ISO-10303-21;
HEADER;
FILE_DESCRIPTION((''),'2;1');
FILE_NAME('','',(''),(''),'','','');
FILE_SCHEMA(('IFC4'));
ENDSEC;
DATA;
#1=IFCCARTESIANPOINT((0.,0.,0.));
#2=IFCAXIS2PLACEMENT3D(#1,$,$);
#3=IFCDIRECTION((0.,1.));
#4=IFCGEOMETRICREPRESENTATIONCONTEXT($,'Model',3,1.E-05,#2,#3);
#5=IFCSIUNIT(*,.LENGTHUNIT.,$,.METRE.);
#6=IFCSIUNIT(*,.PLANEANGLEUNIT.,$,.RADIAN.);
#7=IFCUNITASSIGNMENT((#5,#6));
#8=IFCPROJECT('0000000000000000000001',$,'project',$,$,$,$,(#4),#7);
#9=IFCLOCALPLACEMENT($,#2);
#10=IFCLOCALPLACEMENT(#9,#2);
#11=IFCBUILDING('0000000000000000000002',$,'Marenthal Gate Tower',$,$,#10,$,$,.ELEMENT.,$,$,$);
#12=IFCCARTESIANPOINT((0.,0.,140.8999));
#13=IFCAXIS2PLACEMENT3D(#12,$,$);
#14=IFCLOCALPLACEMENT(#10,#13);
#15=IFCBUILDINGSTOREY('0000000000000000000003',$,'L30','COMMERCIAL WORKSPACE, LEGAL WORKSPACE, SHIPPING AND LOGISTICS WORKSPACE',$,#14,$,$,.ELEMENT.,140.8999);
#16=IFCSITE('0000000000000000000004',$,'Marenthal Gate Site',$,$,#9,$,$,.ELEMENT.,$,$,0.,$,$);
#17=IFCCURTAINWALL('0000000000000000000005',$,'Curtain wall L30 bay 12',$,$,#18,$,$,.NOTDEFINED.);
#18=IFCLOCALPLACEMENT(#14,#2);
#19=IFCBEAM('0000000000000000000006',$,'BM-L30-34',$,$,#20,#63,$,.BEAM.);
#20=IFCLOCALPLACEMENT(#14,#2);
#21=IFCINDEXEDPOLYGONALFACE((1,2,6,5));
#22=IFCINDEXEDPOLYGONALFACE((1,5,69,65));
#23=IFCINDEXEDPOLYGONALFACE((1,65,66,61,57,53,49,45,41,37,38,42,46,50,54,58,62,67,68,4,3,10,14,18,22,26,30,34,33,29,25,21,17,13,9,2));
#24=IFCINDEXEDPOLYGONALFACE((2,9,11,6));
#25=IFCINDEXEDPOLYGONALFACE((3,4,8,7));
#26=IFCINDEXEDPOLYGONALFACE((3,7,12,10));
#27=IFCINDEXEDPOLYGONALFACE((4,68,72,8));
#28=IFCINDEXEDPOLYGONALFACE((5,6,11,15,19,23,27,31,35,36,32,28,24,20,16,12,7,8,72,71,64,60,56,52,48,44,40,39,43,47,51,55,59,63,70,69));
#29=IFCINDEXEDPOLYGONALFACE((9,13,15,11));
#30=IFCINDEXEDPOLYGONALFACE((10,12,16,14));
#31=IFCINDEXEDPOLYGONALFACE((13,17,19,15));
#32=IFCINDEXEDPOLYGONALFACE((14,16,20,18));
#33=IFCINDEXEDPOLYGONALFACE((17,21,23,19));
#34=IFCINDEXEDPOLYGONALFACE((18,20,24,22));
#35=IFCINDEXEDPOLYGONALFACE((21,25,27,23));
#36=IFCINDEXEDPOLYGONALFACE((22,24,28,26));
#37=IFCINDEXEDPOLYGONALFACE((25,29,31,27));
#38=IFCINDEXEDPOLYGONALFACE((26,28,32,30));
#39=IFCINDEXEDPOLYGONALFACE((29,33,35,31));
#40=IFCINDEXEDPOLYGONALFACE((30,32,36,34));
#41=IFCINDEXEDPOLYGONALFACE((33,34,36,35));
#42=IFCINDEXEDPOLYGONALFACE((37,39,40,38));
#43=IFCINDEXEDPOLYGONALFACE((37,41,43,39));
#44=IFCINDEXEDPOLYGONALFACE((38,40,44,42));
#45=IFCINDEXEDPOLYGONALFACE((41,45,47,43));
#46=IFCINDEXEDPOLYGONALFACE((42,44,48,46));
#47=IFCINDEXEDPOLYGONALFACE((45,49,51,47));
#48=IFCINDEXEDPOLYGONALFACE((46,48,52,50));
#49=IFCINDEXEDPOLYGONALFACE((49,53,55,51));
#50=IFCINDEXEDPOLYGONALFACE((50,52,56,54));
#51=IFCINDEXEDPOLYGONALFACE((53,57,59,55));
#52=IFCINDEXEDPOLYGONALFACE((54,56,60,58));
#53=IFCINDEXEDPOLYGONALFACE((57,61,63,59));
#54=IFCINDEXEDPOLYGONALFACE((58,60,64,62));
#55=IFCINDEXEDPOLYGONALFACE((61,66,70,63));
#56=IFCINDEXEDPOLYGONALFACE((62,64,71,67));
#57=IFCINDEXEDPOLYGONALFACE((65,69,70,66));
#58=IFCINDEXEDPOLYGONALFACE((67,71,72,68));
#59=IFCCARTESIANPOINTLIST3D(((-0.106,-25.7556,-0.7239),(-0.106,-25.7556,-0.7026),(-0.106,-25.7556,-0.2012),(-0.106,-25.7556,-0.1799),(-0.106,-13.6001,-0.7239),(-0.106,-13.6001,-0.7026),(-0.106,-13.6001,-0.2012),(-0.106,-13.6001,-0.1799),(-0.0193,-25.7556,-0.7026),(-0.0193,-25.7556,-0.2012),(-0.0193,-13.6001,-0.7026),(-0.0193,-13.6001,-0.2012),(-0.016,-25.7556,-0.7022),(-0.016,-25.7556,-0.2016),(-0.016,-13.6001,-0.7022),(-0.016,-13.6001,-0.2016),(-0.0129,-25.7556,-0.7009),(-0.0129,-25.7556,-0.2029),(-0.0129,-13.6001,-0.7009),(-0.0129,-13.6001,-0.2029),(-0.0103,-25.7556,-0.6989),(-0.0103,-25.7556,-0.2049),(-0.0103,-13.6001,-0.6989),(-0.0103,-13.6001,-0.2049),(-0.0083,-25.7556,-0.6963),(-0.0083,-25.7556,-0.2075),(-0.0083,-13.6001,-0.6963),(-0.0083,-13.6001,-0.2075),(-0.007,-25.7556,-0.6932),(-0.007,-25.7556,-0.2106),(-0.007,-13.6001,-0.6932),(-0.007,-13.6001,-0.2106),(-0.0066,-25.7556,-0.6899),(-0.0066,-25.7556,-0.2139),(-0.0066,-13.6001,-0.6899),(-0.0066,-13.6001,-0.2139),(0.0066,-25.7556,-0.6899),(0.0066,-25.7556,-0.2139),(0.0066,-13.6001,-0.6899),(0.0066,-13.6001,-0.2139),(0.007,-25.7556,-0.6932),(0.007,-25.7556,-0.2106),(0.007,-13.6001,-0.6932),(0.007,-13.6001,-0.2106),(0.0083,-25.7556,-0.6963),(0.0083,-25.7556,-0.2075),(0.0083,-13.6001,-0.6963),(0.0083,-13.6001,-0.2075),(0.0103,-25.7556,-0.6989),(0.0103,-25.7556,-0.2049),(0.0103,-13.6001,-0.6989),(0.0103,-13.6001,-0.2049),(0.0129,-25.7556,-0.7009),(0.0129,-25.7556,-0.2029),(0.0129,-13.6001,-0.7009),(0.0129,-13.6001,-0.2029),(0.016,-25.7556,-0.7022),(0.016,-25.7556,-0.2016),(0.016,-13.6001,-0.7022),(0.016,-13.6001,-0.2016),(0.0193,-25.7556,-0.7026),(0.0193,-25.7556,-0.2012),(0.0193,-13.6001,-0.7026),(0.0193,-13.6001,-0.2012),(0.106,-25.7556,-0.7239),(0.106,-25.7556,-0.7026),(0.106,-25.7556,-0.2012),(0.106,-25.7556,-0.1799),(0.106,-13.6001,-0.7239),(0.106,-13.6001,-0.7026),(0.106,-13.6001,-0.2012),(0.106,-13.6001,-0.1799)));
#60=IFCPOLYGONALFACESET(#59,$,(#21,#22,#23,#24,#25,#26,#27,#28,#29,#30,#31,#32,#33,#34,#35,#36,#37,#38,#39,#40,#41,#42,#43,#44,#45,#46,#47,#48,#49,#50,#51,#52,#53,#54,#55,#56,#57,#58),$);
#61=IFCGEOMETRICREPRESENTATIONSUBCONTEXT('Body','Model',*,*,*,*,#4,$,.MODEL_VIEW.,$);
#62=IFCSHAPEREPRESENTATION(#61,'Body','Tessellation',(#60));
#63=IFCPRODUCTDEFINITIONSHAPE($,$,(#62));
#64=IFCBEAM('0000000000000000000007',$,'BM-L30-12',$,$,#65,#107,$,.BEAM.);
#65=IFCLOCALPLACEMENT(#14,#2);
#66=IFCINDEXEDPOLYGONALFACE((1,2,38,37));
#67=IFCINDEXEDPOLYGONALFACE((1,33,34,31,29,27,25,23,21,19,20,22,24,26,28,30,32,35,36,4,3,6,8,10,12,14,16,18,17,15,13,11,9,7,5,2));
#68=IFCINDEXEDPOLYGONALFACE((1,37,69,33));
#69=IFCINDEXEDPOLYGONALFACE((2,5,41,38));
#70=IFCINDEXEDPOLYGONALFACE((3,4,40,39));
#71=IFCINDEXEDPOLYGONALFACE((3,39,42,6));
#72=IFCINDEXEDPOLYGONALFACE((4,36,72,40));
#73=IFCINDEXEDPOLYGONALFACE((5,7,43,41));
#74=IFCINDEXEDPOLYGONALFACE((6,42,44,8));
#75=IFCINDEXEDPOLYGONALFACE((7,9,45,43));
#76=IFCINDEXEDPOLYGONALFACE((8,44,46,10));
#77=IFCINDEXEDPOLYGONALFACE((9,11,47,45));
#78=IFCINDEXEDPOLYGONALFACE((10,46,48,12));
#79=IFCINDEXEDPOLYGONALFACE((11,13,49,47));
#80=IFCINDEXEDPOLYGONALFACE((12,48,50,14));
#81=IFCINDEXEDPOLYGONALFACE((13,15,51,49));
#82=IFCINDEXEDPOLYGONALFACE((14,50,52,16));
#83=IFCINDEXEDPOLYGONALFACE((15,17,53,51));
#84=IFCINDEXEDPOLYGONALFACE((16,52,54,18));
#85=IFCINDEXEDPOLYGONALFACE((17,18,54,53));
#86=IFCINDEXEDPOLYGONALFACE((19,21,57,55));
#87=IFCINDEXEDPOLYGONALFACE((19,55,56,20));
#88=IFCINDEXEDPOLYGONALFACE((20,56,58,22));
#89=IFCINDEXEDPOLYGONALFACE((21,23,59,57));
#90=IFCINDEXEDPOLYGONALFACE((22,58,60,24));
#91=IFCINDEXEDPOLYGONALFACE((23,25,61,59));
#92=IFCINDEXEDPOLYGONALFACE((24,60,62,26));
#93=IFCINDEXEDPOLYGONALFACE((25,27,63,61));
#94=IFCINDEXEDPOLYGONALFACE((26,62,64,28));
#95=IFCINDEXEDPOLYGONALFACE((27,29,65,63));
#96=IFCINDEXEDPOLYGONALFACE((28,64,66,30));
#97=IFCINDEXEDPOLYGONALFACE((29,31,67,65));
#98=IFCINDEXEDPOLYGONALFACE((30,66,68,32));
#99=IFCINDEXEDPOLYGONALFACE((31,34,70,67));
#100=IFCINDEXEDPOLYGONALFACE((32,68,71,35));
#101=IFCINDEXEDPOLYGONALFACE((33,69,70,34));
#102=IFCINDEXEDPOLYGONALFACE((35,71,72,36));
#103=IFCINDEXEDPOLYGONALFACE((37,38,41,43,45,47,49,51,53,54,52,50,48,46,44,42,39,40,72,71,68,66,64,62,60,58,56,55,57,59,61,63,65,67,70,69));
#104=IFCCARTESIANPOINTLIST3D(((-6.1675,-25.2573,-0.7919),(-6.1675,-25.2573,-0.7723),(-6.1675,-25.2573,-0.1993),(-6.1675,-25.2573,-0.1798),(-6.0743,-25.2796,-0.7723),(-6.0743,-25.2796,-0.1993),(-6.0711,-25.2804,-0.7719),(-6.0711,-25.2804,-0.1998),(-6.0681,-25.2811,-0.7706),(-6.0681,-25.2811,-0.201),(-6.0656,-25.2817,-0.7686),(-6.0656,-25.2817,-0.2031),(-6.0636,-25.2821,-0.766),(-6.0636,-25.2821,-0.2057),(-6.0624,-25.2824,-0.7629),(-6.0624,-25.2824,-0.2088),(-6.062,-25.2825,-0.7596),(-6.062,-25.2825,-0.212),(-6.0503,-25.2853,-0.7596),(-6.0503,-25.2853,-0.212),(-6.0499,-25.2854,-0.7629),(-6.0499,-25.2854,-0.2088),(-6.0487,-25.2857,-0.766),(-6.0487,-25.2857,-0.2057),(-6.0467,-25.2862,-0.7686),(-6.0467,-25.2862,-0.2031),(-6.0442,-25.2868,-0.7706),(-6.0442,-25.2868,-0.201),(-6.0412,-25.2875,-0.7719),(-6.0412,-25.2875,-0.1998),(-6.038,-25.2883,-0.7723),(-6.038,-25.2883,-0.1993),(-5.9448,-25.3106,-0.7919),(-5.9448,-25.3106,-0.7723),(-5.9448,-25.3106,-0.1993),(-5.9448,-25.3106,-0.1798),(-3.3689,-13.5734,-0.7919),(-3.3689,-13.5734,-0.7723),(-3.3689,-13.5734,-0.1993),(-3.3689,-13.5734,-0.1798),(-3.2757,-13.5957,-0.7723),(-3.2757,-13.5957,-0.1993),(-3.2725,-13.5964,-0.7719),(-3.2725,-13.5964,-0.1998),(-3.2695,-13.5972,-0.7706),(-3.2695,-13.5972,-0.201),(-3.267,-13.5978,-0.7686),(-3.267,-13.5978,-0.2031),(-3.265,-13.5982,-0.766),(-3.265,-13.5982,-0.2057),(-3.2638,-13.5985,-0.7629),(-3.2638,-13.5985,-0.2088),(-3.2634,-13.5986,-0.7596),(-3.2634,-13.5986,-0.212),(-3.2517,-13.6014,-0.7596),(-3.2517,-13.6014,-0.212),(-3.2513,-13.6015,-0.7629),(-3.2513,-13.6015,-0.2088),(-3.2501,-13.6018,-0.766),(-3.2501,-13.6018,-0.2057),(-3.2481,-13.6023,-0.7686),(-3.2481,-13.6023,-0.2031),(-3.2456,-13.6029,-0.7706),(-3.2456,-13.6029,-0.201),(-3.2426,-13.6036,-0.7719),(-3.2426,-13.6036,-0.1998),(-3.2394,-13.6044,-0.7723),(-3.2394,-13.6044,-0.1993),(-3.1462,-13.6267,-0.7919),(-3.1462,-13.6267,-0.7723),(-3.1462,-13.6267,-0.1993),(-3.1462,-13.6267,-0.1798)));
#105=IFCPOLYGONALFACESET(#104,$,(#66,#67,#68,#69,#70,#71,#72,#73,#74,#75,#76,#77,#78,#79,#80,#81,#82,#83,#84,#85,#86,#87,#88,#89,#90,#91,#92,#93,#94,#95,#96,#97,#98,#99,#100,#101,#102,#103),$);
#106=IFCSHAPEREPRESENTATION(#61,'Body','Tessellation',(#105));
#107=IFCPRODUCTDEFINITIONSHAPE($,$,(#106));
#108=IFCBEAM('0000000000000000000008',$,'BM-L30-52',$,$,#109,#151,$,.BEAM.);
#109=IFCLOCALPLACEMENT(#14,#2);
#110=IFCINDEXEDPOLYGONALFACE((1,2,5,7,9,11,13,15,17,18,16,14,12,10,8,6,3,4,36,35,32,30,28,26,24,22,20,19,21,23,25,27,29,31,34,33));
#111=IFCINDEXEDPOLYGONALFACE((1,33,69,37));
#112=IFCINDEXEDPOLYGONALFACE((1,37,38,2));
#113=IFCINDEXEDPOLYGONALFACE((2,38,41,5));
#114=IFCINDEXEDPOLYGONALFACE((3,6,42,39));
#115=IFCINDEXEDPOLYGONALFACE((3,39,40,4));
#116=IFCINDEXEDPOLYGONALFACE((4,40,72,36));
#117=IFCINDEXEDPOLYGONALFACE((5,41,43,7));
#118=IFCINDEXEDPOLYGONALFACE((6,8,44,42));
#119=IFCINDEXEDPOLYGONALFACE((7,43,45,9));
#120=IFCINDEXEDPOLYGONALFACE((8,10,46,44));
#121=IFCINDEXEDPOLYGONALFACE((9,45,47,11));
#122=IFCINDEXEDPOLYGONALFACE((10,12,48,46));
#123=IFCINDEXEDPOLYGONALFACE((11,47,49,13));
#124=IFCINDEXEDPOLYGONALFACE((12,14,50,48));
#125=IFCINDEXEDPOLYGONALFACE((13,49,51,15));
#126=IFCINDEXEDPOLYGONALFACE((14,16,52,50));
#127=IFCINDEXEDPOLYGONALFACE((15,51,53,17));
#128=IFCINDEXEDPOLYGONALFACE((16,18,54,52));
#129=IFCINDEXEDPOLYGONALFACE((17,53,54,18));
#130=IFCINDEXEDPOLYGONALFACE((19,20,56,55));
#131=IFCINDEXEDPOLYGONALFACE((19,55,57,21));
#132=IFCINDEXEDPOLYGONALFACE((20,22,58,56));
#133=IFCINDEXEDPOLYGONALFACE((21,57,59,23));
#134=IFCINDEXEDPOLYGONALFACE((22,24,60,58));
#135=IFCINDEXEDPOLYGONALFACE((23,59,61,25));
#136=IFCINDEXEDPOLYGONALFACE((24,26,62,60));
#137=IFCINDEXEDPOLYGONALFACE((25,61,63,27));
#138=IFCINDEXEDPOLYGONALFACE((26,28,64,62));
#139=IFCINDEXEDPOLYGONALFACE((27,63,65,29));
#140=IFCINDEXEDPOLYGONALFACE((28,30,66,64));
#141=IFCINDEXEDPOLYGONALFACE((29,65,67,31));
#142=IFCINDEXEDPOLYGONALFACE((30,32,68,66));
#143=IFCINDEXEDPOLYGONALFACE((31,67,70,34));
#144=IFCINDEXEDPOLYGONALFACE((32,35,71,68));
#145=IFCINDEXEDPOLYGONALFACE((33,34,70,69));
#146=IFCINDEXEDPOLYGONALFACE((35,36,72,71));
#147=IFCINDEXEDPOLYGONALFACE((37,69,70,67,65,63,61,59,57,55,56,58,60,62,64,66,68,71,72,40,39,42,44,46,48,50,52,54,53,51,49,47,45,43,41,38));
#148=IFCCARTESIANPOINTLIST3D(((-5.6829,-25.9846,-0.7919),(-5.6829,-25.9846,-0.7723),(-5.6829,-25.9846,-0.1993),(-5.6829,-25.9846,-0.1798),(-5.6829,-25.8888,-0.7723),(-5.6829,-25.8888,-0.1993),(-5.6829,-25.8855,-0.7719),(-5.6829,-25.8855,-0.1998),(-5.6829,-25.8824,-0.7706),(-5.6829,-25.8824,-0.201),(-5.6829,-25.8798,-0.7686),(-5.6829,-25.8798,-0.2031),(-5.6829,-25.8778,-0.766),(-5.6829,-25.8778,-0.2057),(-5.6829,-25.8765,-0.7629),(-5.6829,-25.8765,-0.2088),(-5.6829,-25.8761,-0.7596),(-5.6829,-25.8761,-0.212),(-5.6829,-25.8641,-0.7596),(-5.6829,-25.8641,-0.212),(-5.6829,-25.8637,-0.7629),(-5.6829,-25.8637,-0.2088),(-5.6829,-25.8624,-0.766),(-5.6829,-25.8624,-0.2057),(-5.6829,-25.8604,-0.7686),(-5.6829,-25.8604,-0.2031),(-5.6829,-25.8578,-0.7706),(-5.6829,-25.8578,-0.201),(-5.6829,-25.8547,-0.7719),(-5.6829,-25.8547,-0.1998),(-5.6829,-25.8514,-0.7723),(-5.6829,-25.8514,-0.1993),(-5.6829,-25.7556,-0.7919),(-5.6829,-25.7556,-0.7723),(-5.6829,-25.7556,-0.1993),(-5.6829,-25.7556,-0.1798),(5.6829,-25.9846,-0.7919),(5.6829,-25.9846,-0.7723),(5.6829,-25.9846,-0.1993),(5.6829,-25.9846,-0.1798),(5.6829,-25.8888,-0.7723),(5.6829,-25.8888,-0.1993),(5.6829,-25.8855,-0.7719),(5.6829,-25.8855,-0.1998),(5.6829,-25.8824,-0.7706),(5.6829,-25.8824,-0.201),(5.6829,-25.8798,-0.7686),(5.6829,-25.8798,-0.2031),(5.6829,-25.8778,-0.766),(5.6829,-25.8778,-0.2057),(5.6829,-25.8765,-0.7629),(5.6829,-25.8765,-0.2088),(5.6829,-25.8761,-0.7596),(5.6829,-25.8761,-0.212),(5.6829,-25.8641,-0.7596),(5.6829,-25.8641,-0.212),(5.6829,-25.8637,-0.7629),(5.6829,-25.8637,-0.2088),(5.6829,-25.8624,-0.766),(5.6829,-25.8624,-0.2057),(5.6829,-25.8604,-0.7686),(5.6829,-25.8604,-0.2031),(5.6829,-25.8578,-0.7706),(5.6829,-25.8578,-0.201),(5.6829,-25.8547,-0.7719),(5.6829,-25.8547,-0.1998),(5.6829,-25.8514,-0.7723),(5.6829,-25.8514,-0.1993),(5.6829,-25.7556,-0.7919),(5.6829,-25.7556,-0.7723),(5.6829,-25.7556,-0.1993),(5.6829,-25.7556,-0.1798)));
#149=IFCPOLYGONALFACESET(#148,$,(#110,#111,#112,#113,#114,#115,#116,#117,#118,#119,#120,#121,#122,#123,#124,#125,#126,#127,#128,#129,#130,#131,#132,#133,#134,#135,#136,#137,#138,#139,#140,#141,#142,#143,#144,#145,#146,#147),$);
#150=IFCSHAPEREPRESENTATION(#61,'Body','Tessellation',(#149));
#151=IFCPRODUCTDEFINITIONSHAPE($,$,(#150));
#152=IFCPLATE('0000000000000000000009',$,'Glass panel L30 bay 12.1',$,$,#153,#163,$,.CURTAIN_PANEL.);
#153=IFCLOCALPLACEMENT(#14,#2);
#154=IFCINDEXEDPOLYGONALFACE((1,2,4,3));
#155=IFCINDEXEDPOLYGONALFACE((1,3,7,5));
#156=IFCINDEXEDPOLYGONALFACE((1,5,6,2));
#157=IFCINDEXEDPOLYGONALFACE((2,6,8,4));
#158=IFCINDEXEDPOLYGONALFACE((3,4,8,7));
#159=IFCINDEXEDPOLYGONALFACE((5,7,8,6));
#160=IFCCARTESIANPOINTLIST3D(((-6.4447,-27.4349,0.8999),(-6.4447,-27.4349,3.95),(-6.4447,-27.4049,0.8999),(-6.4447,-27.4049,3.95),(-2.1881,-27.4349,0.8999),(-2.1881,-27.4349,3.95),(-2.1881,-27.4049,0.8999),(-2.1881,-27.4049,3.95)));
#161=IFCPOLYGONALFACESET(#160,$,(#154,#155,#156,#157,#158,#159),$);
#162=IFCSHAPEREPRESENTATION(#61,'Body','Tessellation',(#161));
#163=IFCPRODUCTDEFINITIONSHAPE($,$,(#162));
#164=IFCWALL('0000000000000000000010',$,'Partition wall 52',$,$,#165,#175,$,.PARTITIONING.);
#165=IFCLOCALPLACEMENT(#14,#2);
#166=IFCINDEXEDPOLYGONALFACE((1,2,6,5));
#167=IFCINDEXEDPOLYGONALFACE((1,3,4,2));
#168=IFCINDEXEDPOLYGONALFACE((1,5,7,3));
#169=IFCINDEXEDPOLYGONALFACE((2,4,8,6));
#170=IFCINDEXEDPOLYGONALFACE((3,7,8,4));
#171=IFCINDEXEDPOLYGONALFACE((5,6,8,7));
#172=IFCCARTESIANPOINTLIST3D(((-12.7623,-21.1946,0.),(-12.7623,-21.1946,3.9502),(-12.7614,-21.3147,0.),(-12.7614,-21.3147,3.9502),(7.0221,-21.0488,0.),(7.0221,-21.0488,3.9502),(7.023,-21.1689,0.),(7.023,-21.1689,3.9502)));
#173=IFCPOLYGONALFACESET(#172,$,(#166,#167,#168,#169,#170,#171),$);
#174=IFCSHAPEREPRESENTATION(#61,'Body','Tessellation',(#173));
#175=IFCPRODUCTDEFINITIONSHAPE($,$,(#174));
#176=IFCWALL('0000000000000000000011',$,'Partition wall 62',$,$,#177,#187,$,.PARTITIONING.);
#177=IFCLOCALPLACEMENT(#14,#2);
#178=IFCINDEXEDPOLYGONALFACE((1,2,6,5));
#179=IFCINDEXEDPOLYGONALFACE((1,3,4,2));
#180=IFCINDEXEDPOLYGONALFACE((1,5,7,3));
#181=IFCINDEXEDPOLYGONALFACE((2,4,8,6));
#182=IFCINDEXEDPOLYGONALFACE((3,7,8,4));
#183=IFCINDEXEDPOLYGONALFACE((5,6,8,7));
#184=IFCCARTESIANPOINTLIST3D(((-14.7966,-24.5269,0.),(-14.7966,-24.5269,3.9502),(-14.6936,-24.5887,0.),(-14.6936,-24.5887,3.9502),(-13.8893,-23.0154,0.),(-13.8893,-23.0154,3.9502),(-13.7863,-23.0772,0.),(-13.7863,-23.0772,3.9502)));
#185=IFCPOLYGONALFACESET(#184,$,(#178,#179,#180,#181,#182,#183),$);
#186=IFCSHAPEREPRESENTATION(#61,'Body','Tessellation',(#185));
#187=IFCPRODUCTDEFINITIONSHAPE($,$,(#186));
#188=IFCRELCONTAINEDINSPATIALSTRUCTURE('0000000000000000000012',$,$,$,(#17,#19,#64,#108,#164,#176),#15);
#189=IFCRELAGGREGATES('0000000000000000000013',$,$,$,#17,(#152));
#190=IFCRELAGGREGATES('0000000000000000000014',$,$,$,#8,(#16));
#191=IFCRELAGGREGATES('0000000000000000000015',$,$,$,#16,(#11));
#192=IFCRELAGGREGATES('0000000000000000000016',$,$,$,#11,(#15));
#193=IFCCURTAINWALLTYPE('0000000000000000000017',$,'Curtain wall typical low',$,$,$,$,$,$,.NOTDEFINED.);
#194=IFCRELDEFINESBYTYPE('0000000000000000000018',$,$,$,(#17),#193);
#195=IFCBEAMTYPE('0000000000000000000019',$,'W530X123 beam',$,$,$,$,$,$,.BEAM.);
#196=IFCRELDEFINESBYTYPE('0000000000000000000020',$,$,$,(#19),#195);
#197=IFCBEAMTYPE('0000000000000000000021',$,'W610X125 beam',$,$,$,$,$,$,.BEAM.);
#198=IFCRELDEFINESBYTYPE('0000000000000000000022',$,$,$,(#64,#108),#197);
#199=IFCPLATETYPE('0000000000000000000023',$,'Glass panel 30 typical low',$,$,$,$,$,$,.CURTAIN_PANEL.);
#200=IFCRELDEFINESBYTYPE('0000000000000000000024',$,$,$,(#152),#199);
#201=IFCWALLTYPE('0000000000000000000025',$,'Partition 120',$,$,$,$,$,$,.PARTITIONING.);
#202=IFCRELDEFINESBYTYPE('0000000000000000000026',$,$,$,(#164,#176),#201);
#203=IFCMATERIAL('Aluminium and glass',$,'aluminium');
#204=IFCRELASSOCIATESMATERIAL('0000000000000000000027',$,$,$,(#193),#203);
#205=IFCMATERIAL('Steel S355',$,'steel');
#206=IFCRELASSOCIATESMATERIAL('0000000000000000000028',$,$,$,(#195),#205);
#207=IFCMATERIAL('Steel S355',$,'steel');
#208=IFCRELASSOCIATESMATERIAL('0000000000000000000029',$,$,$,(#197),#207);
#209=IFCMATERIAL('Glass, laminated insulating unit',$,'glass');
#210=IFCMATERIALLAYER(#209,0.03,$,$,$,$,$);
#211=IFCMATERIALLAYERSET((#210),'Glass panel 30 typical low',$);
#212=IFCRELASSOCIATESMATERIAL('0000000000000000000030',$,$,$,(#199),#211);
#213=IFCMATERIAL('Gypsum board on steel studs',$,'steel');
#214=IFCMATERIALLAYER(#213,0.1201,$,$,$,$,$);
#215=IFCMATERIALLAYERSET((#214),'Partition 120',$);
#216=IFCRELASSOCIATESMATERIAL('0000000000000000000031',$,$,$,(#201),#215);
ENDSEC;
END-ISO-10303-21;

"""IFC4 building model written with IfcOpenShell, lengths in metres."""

from ifc_helpers import new_model, si_unit, direction, frame, frame_2d, origin, origin_2d, place, context, subcontext, project, spatial, rectangle, i_section, extrude, material, layer, layer_set, material_profile, profile_set, type_object, element, aggregate, save


model = new_model("IFC4")

# Units and contexts
model_context = context("Model", 3, precision=1e-05, world=origin(), true_north=direction((0.0, 1.0)))
body_context = subcontext(model_context, "Body", "Model", "MODEL_VIEW")
ifc_project = project(units=[si_unit("LENGTHUNIT", "METRE"), si_unit("PLANEANGLEUNIT", "RADIAN")], contexts=[model_context])

# Site, building, storey
site_placement = place(None, origin())
site = spatial("IfcSite", under=ifc_project, at=site_placement, Name="Marenthal Gate Site", CompositionType="ELEMENT", RefElevation=0.0)
building_placement = place(site_placement, origin())
building = spatial("IfcBuilding", under=site, at=building_placement, Name="Marenthal Gate Tower", CompositionType="ELEMENT")
storey_placement = place(building_placement, frame((0.0, 0.0, 140.8999)))
storey = spatial("IfcBuildingStorey", under=building, at=storey_placement, Name="L30", Description="COMMERCIAL WORKSPACE, LEGAL WORKSPACE, SHIPPING AND LOGISTICS WORKSPACE", CompositionType="ELEMENT", Elevation=140.8999)

# Curtain wall
ifc_material_1 = material(Name="Aluminium and glass", Category="aluminium")
curtain_wall_type = type_object("IfcCurtainWallType", Name="Curtain wall typical low", PredefinedType="NOTDEFINED", material=ifc_material_1)
curtain_wall_placement = place(storey_placement, origin())
curtain_wall = element("IfcCurtainWall", 1, at=curtain_wall_placement, inside=storey, type_object=curtain_wall_type, Name="Curtain wall L30 bay 12", PredefinedType="NOTDEFINED")

# Beams
ifc_material_2 = material(Name="Steel S355", Category="steel")
ifc_material_profile_1 = material_profile(ifc_material_2, i_section(OverallWidth=0.2119, OverallDepth=0.5439, WebThickness=0.0132, FlangeThickness=0.0212, FilletRadius=0.0127, at=origin_2d()), Name="W530X123")
ifc_profile_set_1 = profile_set([ifc_material_profile_1], Name="Steel S355")
beam_type_1 = type_object("IfcBeamType", Name="W530X123 beam", PredefinedType="BEAM", material=ifc_profile_set_1)
beam_1_placement = place(storey_placement, frame((0.0, -25.7556, -0.4519), z_axis=(0.0, 1.0, 0.0), x_axis=(-1.0, 0.0, 0.0)))
element("IfcBeam", 2, at=beam_1_placement, inside=storey, type_object=beam_type_1, Name="BM-L30-34", PredefinedType="BEAM", context=body_context, shape_type="SweptSolid", body=[
    extrude(i_section(OverallWidth=0.2119, OverallDepth=0.5439, WebThickness=0.0132, FlangeThickness=0.0212, FilletRadius=0.0127, at=origin_2d()), origin(), (0.0, 0.0, 1.0), 12.1555),
])
ifc_material_3 = material(Name="Steel S355", Category="steel")
ifc_material_profile_2 = material_profile(ifc_material_3, i_section(OverallWidth=0.229, OverallDepth=0.6121, WebThickness=0.012, FlangeThickness=0.0195, FilletRadius=0.0127, at=origin_2d()), Name="W610X125")
ifc_profile_set_2 = profile_set([ifc_material_profile_2], Name="Steel S355")
beam_type_2 = type_object("IfcBeamType", Name="W610X125 beam", PredefinedType="BEAM", material=ifc_profile_set_2)
beam_2_placement = place(storey_placement, frame((-6.0562, -25.2839, -0.4858), z_axis=(0.232937, 0.972492, 0.0), x_axis=(-0.972492, 0.232937, 0.0)))
element("IfcBeam", 3, at=beam_2_placement, inside=storey, type_object=beam_type_2, Name="BM-L30-12", PredefinedType="BEAM", context=body_context, shape_type="SweptSolid", body=[
    extrude(i_section(OverallWidth=0.229, OverallDepth=0.6121, WebThickness=0.012, FlangeThickness=0.0195, FilletRadius=0.0127, at=origin_2d()), origin(), (0.0, 0.0, 1.0), 12.0144),
])
beam_3_placement = place(storey_placement, frame((-5.6829, -25.8701, -0.4858), z_axis=(1.0, 0.0, 0.0), x_axis=(0.0, 1.0, 0.0)))
element("IfcBeam", 4, at=beam_3_placement, inside=storey, type_object=beam_type_2, Name="BM-L30-52", PredefinedType="BEAM", context=body_context, shape_type="SweptSolid", body=[
    extrude(i_section(OverallWidth=0.229, OverallDepth=0.6121, WebThickness=0.012, FlangeThickness=0.0195, FilletRadius=0.0127, at=origin_2d()), origin(), (0.0, 0.0, 1.0), 11.3657),
])

# Plate
ifc_material_4 = material(Name="Glass, laminated insulating unit", Category="glass")
ifc_layer_1 = layer(ifc_material_4, 0.03)
ifc_layer_set_1 = layer_set([ifc_layer_1], Name="Glass panel 30 typical low")
plate_type = type_object("IfcPlateType", Name="Glass panel 30 typical low", PredefinedType="CURTAIN_PANEL", material=ifc_layer_set_1)
plate_placement = place(storey_placement, frame((-4.3164, -27.4199, 0.8999), z_axis=(0.0, 0.0, 1.0), x_axis=(1.0, 0.0, 0.0)))
plate = element("IfcPlate", 5, at=plate_placement, type_object=plate_type, Name="Glass panel L30 bay 12.1", PredefinedType="CURTAIN_PANEL", context=body_context, shape_type="SweptSolid", body=[
    extrude(rectangle(XDim=4.2566, YDim=0.03, at=origin_2d()), origin(), (0.0, 0.0, 1.0), 3.05),
])
aggregate(curtain_wall, [plate])

# Walls
ifc_material_5 = material(Name="Gypsum board on steel studs", Category="steel")
ifc_layer_2 = layer(ifc_material_5, 0.1201)
ifc_layer_set_2 = layer_set([ifc_layer_2], Name="Partition 120")
wall_type = type_object("IfcWallType", Name="Partition 120", PredefinedType="PARTITIONING", material=ifc_layer_set_2)
wall_1_placement = place(storey_placement, frame((-12.762, -21.2546, 0.0), z_axis=(0.0, 0.0, 1.0), x_axis=(0.999973, 0.007367, 0.0)))
element("IfcWall", 6, at=wall_1_placement, inside=storey, type_object=wall_type, Name="Partition wall 52", PredefinedType="PARTITIONING", context=body_context, shape_type="SweptSolid", body=[
    extrude(rectangle(XDim=19.7849, YDim=0.1201, at=frame_2d((9.8926, 0.0))), origin(), (0.0, 0.0, 1.0), 3.9502),
])
wall_2_placement = place(storey_placement, frame((-13.8379, -23.0464, 0.0), z_axis=(0.0, 0.0, 1.0), x_axis=(-0.514638, -0.857407, 0.0)))
element("IfcWall", 7, at=wall_2_placement, inside=storey, type_object=wall_type, Name="Partition wall 62", PredefinedType="PARTITIONING", context=body_context, shape_type="SweptSolid", body=[
    extrude(rectangle(XDim=1.7629, YDim=0.1201, at=frame_2d((0.8813, 0.0))), origin(), (0.0, 0.0, 1.0), 3.9502),
])

save(model, "model.ifc")
